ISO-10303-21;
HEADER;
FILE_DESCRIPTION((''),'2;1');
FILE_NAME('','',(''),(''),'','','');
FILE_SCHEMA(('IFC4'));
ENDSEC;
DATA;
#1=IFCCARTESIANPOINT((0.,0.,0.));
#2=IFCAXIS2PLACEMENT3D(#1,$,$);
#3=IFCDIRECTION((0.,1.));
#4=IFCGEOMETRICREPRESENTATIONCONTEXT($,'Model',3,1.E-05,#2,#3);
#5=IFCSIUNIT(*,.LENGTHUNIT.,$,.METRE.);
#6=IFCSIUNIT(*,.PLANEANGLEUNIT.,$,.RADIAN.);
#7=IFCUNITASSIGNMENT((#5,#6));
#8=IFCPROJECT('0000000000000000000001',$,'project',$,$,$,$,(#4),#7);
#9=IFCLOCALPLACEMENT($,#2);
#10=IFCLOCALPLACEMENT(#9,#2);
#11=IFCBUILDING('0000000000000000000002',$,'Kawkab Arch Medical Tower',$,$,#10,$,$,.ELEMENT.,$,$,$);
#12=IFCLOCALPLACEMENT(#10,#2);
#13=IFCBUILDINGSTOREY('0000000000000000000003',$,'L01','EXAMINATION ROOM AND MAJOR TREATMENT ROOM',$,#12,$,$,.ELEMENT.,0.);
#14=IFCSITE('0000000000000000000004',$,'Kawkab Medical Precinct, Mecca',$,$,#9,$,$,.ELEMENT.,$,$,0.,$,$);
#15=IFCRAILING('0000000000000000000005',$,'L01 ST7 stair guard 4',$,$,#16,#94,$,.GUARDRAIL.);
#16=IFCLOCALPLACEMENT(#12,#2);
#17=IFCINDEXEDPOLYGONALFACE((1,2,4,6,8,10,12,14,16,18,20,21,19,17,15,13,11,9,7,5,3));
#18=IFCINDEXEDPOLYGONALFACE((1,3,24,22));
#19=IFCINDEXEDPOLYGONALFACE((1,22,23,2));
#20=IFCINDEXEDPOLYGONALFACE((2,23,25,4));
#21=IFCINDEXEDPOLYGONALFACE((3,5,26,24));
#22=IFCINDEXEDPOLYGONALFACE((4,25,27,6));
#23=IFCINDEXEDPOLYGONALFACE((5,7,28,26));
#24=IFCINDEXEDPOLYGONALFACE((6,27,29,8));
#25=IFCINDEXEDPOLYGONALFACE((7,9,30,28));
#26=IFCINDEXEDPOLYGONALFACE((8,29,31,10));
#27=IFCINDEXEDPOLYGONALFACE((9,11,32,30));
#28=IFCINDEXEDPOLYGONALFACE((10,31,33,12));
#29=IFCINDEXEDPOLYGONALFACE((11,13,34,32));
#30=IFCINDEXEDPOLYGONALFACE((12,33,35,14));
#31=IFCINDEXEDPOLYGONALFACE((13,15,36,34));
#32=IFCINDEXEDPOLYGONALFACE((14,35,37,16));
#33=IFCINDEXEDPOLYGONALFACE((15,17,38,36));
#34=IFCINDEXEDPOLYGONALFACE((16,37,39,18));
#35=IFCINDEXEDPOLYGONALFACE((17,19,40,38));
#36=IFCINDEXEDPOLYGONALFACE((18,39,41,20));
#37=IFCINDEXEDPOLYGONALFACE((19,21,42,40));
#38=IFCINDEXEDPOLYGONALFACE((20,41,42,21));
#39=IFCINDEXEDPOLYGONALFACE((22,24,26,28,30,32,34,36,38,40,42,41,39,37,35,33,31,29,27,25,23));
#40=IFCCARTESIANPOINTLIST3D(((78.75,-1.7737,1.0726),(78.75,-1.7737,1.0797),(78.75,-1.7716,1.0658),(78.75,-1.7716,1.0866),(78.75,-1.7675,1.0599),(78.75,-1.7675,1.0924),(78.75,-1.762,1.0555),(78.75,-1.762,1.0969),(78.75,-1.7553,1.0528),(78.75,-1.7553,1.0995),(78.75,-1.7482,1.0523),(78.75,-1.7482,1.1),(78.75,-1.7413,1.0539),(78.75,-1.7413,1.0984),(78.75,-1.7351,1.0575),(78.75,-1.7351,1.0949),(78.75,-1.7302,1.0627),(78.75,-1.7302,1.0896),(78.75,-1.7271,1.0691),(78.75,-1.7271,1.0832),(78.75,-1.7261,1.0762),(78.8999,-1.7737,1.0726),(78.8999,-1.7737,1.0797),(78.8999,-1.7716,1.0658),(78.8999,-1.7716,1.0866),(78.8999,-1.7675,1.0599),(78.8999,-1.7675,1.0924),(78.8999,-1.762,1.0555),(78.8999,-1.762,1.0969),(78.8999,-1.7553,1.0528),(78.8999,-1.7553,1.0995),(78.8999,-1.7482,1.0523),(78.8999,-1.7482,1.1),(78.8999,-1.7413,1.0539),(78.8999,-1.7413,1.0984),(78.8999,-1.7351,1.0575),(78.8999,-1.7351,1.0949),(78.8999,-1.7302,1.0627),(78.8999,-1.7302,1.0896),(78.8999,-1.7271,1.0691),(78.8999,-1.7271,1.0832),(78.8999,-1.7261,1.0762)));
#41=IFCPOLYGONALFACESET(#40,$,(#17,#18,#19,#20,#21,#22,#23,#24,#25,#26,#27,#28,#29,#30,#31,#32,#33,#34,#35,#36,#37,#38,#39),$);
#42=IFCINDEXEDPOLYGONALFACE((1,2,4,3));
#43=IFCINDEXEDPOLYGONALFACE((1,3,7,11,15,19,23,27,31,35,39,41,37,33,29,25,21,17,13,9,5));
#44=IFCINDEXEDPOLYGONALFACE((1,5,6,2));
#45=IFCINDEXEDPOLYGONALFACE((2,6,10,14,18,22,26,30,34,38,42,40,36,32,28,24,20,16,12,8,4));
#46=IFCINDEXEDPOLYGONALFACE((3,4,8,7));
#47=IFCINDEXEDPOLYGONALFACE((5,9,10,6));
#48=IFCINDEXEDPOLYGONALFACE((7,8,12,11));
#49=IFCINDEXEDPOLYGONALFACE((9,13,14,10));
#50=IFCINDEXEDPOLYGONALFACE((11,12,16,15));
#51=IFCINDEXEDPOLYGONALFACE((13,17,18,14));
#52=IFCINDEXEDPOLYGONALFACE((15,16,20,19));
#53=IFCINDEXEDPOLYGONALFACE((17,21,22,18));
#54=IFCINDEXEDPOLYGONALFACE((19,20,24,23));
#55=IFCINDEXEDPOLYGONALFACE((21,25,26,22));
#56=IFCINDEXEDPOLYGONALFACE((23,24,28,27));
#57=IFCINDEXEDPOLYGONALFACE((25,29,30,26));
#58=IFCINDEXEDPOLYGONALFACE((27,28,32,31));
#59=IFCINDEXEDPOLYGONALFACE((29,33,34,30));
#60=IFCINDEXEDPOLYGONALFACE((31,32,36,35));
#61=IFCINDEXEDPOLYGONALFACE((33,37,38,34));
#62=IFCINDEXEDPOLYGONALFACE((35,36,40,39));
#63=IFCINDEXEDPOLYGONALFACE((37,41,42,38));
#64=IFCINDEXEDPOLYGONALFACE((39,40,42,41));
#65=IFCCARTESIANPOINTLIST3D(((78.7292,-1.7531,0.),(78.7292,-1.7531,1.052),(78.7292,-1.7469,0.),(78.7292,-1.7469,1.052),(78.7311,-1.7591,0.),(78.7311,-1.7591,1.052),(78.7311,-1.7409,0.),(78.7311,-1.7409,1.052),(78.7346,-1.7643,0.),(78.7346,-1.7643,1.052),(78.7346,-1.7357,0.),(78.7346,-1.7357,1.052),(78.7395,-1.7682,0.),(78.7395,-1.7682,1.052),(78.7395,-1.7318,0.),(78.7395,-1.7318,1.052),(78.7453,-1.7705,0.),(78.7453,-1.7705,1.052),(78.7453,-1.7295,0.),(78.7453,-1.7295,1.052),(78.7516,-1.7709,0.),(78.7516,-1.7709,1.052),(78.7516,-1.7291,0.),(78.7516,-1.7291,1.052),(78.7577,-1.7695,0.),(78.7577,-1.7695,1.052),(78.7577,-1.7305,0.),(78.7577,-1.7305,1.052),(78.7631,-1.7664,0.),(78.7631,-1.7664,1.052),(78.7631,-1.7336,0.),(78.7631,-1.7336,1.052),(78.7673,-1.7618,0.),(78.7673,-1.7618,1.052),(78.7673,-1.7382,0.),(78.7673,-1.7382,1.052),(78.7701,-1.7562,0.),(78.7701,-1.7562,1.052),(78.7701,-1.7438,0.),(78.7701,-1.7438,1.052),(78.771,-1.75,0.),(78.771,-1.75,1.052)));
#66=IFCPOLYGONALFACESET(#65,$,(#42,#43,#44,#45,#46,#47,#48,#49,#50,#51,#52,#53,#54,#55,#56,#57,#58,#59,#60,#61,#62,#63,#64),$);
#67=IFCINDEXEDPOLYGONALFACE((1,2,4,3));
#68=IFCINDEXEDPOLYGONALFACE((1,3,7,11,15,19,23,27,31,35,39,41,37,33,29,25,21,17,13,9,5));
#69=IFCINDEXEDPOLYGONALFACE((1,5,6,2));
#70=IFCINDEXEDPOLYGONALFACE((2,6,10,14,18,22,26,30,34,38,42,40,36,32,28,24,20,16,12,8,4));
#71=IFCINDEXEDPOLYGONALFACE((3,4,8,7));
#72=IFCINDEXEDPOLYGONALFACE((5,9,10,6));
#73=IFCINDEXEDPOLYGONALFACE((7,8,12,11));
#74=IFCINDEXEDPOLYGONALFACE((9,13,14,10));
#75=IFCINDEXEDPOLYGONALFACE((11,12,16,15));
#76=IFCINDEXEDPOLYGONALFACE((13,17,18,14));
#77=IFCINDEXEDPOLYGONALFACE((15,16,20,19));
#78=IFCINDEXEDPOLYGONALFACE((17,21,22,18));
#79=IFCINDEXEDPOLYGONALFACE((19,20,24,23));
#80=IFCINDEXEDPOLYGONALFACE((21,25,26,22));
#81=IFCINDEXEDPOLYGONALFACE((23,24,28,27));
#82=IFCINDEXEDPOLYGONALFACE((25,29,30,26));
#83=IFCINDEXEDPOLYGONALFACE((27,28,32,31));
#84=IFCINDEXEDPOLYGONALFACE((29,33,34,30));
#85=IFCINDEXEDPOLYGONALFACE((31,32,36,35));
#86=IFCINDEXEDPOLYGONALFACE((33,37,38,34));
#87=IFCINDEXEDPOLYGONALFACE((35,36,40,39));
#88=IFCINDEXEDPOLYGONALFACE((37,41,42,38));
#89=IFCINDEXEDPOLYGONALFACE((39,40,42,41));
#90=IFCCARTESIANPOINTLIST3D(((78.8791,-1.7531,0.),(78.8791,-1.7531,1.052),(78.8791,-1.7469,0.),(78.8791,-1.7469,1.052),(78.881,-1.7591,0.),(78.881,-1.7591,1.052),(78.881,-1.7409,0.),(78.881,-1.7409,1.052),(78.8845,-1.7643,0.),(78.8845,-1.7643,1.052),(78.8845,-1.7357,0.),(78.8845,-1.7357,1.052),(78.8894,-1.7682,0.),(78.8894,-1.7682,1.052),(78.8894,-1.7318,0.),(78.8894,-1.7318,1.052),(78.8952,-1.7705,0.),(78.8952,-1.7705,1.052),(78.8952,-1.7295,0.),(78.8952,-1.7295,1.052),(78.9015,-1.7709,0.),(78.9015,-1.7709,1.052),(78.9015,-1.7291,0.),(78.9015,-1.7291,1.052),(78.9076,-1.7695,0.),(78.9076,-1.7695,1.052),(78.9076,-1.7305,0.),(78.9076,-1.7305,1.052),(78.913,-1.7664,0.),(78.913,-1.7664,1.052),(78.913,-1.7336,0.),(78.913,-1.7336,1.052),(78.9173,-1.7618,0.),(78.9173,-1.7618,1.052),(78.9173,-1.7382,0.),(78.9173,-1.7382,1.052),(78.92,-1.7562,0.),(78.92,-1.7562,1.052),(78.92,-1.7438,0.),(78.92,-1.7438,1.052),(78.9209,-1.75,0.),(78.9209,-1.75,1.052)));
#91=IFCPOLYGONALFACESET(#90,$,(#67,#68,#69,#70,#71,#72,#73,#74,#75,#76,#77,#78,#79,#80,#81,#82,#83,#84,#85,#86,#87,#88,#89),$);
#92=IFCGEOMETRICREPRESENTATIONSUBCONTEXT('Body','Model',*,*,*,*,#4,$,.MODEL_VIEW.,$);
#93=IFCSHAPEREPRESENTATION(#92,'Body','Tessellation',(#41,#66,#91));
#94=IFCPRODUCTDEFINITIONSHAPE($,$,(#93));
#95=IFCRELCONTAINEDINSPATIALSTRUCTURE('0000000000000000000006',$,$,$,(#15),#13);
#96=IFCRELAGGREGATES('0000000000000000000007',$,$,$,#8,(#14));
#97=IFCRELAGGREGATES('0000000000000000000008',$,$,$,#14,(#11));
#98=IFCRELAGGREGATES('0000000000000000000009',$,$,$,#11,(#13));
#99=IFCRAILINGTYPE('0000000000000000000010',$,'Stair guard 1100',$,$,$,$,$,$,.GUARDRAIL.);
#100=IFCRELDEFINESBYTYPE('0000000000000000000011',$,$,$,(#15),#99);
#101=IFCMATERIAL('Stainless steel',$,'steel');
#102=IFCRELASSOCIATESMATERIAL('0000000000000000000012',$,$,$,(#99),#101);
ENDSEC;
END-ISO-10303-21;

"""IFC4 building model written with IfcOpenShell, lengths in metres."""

from ifc_helpers import new_model, si_unit, direction, frame, origin, origin_2d, place, context, subcontext, project, spatial, circle, extrude, material, type_object, element, save


model = new_model("IFC4")

# Units and contexts
model_context = context("Model", 3, precision=1e-05, world=origin(), true_north=direction((0.0, 1.0)))
body_context = subcontext(model_context, "Body", "Model", "MODEL_VIEW")
ifc_project = project(units=[si_unit("LENGTHUNIT", "METRE"), si_unit("PLANEANGLEUNIT", "RADIAN")], contexts=[model_context])

# Site, building, storey
site_placement = place(None, origin())
site = spatial("IfcSite", under=ifc_project, at=site_placement, Name="Kawkab Medical Precinct, Mecca", CompositionType="ELEMENT", RefElevation=0.0)
building_placement = place(site_placement, origin())
building = spatial("IfcBuilding", under=site, at=building_placement, Name="Kawkab Arch Medical Tower", CompositionType="ELEMENT")
storey_placement = place(building_placement, origin())
storey = spatial("IfcBuildingStorey", under=building, at=storey_placement, Name="L01", Description="EXAMINATION ROOM AND MAJOR TREATMENT ROOM", CompositionType="ELEMENT", Elevation=0.0)

# Railing
ifc_material_1 = material(Name="Stainless steel", Category="steel")
railing_type = type_object("IfcRailingType", Name="Stair guard 1100", PredefinedType="GUARDRAIL", material=ifc_material_1)
railing_1_placement = place(storey_placement, frame((78.75, -1.75, 0.0)))
element("IfcRailing", 1, at=railing_1_placement, inside=storey, type_object=railing_type, Name="L01 ST7 stair guard 4", PredefinedType="GUARDRAIL", context=body_context, shape_type="SweptSolid", body=[
    extrude(circle(Radius=0.0239, at=origin_2d()), frame((0.0, 0.0, 1.0762), z_axis=(1.0, 0.0, 0.0), x_axis=(0.0, 1.0, 0.0)), (0.0, 0.0, 1.0), 0.1499),
    extrude(circle(Radius=0.021, at=origin_2d()), origin(), (0.0, 0.0, 1.0), 1.052),
    extrude(circle(Radius=0.021, at=origin_2d()), frame((0.1499, 0.0, 0.0)), (0.0, 0.0, 1.0), 1.052),
])

save(model, "model.ifc")
